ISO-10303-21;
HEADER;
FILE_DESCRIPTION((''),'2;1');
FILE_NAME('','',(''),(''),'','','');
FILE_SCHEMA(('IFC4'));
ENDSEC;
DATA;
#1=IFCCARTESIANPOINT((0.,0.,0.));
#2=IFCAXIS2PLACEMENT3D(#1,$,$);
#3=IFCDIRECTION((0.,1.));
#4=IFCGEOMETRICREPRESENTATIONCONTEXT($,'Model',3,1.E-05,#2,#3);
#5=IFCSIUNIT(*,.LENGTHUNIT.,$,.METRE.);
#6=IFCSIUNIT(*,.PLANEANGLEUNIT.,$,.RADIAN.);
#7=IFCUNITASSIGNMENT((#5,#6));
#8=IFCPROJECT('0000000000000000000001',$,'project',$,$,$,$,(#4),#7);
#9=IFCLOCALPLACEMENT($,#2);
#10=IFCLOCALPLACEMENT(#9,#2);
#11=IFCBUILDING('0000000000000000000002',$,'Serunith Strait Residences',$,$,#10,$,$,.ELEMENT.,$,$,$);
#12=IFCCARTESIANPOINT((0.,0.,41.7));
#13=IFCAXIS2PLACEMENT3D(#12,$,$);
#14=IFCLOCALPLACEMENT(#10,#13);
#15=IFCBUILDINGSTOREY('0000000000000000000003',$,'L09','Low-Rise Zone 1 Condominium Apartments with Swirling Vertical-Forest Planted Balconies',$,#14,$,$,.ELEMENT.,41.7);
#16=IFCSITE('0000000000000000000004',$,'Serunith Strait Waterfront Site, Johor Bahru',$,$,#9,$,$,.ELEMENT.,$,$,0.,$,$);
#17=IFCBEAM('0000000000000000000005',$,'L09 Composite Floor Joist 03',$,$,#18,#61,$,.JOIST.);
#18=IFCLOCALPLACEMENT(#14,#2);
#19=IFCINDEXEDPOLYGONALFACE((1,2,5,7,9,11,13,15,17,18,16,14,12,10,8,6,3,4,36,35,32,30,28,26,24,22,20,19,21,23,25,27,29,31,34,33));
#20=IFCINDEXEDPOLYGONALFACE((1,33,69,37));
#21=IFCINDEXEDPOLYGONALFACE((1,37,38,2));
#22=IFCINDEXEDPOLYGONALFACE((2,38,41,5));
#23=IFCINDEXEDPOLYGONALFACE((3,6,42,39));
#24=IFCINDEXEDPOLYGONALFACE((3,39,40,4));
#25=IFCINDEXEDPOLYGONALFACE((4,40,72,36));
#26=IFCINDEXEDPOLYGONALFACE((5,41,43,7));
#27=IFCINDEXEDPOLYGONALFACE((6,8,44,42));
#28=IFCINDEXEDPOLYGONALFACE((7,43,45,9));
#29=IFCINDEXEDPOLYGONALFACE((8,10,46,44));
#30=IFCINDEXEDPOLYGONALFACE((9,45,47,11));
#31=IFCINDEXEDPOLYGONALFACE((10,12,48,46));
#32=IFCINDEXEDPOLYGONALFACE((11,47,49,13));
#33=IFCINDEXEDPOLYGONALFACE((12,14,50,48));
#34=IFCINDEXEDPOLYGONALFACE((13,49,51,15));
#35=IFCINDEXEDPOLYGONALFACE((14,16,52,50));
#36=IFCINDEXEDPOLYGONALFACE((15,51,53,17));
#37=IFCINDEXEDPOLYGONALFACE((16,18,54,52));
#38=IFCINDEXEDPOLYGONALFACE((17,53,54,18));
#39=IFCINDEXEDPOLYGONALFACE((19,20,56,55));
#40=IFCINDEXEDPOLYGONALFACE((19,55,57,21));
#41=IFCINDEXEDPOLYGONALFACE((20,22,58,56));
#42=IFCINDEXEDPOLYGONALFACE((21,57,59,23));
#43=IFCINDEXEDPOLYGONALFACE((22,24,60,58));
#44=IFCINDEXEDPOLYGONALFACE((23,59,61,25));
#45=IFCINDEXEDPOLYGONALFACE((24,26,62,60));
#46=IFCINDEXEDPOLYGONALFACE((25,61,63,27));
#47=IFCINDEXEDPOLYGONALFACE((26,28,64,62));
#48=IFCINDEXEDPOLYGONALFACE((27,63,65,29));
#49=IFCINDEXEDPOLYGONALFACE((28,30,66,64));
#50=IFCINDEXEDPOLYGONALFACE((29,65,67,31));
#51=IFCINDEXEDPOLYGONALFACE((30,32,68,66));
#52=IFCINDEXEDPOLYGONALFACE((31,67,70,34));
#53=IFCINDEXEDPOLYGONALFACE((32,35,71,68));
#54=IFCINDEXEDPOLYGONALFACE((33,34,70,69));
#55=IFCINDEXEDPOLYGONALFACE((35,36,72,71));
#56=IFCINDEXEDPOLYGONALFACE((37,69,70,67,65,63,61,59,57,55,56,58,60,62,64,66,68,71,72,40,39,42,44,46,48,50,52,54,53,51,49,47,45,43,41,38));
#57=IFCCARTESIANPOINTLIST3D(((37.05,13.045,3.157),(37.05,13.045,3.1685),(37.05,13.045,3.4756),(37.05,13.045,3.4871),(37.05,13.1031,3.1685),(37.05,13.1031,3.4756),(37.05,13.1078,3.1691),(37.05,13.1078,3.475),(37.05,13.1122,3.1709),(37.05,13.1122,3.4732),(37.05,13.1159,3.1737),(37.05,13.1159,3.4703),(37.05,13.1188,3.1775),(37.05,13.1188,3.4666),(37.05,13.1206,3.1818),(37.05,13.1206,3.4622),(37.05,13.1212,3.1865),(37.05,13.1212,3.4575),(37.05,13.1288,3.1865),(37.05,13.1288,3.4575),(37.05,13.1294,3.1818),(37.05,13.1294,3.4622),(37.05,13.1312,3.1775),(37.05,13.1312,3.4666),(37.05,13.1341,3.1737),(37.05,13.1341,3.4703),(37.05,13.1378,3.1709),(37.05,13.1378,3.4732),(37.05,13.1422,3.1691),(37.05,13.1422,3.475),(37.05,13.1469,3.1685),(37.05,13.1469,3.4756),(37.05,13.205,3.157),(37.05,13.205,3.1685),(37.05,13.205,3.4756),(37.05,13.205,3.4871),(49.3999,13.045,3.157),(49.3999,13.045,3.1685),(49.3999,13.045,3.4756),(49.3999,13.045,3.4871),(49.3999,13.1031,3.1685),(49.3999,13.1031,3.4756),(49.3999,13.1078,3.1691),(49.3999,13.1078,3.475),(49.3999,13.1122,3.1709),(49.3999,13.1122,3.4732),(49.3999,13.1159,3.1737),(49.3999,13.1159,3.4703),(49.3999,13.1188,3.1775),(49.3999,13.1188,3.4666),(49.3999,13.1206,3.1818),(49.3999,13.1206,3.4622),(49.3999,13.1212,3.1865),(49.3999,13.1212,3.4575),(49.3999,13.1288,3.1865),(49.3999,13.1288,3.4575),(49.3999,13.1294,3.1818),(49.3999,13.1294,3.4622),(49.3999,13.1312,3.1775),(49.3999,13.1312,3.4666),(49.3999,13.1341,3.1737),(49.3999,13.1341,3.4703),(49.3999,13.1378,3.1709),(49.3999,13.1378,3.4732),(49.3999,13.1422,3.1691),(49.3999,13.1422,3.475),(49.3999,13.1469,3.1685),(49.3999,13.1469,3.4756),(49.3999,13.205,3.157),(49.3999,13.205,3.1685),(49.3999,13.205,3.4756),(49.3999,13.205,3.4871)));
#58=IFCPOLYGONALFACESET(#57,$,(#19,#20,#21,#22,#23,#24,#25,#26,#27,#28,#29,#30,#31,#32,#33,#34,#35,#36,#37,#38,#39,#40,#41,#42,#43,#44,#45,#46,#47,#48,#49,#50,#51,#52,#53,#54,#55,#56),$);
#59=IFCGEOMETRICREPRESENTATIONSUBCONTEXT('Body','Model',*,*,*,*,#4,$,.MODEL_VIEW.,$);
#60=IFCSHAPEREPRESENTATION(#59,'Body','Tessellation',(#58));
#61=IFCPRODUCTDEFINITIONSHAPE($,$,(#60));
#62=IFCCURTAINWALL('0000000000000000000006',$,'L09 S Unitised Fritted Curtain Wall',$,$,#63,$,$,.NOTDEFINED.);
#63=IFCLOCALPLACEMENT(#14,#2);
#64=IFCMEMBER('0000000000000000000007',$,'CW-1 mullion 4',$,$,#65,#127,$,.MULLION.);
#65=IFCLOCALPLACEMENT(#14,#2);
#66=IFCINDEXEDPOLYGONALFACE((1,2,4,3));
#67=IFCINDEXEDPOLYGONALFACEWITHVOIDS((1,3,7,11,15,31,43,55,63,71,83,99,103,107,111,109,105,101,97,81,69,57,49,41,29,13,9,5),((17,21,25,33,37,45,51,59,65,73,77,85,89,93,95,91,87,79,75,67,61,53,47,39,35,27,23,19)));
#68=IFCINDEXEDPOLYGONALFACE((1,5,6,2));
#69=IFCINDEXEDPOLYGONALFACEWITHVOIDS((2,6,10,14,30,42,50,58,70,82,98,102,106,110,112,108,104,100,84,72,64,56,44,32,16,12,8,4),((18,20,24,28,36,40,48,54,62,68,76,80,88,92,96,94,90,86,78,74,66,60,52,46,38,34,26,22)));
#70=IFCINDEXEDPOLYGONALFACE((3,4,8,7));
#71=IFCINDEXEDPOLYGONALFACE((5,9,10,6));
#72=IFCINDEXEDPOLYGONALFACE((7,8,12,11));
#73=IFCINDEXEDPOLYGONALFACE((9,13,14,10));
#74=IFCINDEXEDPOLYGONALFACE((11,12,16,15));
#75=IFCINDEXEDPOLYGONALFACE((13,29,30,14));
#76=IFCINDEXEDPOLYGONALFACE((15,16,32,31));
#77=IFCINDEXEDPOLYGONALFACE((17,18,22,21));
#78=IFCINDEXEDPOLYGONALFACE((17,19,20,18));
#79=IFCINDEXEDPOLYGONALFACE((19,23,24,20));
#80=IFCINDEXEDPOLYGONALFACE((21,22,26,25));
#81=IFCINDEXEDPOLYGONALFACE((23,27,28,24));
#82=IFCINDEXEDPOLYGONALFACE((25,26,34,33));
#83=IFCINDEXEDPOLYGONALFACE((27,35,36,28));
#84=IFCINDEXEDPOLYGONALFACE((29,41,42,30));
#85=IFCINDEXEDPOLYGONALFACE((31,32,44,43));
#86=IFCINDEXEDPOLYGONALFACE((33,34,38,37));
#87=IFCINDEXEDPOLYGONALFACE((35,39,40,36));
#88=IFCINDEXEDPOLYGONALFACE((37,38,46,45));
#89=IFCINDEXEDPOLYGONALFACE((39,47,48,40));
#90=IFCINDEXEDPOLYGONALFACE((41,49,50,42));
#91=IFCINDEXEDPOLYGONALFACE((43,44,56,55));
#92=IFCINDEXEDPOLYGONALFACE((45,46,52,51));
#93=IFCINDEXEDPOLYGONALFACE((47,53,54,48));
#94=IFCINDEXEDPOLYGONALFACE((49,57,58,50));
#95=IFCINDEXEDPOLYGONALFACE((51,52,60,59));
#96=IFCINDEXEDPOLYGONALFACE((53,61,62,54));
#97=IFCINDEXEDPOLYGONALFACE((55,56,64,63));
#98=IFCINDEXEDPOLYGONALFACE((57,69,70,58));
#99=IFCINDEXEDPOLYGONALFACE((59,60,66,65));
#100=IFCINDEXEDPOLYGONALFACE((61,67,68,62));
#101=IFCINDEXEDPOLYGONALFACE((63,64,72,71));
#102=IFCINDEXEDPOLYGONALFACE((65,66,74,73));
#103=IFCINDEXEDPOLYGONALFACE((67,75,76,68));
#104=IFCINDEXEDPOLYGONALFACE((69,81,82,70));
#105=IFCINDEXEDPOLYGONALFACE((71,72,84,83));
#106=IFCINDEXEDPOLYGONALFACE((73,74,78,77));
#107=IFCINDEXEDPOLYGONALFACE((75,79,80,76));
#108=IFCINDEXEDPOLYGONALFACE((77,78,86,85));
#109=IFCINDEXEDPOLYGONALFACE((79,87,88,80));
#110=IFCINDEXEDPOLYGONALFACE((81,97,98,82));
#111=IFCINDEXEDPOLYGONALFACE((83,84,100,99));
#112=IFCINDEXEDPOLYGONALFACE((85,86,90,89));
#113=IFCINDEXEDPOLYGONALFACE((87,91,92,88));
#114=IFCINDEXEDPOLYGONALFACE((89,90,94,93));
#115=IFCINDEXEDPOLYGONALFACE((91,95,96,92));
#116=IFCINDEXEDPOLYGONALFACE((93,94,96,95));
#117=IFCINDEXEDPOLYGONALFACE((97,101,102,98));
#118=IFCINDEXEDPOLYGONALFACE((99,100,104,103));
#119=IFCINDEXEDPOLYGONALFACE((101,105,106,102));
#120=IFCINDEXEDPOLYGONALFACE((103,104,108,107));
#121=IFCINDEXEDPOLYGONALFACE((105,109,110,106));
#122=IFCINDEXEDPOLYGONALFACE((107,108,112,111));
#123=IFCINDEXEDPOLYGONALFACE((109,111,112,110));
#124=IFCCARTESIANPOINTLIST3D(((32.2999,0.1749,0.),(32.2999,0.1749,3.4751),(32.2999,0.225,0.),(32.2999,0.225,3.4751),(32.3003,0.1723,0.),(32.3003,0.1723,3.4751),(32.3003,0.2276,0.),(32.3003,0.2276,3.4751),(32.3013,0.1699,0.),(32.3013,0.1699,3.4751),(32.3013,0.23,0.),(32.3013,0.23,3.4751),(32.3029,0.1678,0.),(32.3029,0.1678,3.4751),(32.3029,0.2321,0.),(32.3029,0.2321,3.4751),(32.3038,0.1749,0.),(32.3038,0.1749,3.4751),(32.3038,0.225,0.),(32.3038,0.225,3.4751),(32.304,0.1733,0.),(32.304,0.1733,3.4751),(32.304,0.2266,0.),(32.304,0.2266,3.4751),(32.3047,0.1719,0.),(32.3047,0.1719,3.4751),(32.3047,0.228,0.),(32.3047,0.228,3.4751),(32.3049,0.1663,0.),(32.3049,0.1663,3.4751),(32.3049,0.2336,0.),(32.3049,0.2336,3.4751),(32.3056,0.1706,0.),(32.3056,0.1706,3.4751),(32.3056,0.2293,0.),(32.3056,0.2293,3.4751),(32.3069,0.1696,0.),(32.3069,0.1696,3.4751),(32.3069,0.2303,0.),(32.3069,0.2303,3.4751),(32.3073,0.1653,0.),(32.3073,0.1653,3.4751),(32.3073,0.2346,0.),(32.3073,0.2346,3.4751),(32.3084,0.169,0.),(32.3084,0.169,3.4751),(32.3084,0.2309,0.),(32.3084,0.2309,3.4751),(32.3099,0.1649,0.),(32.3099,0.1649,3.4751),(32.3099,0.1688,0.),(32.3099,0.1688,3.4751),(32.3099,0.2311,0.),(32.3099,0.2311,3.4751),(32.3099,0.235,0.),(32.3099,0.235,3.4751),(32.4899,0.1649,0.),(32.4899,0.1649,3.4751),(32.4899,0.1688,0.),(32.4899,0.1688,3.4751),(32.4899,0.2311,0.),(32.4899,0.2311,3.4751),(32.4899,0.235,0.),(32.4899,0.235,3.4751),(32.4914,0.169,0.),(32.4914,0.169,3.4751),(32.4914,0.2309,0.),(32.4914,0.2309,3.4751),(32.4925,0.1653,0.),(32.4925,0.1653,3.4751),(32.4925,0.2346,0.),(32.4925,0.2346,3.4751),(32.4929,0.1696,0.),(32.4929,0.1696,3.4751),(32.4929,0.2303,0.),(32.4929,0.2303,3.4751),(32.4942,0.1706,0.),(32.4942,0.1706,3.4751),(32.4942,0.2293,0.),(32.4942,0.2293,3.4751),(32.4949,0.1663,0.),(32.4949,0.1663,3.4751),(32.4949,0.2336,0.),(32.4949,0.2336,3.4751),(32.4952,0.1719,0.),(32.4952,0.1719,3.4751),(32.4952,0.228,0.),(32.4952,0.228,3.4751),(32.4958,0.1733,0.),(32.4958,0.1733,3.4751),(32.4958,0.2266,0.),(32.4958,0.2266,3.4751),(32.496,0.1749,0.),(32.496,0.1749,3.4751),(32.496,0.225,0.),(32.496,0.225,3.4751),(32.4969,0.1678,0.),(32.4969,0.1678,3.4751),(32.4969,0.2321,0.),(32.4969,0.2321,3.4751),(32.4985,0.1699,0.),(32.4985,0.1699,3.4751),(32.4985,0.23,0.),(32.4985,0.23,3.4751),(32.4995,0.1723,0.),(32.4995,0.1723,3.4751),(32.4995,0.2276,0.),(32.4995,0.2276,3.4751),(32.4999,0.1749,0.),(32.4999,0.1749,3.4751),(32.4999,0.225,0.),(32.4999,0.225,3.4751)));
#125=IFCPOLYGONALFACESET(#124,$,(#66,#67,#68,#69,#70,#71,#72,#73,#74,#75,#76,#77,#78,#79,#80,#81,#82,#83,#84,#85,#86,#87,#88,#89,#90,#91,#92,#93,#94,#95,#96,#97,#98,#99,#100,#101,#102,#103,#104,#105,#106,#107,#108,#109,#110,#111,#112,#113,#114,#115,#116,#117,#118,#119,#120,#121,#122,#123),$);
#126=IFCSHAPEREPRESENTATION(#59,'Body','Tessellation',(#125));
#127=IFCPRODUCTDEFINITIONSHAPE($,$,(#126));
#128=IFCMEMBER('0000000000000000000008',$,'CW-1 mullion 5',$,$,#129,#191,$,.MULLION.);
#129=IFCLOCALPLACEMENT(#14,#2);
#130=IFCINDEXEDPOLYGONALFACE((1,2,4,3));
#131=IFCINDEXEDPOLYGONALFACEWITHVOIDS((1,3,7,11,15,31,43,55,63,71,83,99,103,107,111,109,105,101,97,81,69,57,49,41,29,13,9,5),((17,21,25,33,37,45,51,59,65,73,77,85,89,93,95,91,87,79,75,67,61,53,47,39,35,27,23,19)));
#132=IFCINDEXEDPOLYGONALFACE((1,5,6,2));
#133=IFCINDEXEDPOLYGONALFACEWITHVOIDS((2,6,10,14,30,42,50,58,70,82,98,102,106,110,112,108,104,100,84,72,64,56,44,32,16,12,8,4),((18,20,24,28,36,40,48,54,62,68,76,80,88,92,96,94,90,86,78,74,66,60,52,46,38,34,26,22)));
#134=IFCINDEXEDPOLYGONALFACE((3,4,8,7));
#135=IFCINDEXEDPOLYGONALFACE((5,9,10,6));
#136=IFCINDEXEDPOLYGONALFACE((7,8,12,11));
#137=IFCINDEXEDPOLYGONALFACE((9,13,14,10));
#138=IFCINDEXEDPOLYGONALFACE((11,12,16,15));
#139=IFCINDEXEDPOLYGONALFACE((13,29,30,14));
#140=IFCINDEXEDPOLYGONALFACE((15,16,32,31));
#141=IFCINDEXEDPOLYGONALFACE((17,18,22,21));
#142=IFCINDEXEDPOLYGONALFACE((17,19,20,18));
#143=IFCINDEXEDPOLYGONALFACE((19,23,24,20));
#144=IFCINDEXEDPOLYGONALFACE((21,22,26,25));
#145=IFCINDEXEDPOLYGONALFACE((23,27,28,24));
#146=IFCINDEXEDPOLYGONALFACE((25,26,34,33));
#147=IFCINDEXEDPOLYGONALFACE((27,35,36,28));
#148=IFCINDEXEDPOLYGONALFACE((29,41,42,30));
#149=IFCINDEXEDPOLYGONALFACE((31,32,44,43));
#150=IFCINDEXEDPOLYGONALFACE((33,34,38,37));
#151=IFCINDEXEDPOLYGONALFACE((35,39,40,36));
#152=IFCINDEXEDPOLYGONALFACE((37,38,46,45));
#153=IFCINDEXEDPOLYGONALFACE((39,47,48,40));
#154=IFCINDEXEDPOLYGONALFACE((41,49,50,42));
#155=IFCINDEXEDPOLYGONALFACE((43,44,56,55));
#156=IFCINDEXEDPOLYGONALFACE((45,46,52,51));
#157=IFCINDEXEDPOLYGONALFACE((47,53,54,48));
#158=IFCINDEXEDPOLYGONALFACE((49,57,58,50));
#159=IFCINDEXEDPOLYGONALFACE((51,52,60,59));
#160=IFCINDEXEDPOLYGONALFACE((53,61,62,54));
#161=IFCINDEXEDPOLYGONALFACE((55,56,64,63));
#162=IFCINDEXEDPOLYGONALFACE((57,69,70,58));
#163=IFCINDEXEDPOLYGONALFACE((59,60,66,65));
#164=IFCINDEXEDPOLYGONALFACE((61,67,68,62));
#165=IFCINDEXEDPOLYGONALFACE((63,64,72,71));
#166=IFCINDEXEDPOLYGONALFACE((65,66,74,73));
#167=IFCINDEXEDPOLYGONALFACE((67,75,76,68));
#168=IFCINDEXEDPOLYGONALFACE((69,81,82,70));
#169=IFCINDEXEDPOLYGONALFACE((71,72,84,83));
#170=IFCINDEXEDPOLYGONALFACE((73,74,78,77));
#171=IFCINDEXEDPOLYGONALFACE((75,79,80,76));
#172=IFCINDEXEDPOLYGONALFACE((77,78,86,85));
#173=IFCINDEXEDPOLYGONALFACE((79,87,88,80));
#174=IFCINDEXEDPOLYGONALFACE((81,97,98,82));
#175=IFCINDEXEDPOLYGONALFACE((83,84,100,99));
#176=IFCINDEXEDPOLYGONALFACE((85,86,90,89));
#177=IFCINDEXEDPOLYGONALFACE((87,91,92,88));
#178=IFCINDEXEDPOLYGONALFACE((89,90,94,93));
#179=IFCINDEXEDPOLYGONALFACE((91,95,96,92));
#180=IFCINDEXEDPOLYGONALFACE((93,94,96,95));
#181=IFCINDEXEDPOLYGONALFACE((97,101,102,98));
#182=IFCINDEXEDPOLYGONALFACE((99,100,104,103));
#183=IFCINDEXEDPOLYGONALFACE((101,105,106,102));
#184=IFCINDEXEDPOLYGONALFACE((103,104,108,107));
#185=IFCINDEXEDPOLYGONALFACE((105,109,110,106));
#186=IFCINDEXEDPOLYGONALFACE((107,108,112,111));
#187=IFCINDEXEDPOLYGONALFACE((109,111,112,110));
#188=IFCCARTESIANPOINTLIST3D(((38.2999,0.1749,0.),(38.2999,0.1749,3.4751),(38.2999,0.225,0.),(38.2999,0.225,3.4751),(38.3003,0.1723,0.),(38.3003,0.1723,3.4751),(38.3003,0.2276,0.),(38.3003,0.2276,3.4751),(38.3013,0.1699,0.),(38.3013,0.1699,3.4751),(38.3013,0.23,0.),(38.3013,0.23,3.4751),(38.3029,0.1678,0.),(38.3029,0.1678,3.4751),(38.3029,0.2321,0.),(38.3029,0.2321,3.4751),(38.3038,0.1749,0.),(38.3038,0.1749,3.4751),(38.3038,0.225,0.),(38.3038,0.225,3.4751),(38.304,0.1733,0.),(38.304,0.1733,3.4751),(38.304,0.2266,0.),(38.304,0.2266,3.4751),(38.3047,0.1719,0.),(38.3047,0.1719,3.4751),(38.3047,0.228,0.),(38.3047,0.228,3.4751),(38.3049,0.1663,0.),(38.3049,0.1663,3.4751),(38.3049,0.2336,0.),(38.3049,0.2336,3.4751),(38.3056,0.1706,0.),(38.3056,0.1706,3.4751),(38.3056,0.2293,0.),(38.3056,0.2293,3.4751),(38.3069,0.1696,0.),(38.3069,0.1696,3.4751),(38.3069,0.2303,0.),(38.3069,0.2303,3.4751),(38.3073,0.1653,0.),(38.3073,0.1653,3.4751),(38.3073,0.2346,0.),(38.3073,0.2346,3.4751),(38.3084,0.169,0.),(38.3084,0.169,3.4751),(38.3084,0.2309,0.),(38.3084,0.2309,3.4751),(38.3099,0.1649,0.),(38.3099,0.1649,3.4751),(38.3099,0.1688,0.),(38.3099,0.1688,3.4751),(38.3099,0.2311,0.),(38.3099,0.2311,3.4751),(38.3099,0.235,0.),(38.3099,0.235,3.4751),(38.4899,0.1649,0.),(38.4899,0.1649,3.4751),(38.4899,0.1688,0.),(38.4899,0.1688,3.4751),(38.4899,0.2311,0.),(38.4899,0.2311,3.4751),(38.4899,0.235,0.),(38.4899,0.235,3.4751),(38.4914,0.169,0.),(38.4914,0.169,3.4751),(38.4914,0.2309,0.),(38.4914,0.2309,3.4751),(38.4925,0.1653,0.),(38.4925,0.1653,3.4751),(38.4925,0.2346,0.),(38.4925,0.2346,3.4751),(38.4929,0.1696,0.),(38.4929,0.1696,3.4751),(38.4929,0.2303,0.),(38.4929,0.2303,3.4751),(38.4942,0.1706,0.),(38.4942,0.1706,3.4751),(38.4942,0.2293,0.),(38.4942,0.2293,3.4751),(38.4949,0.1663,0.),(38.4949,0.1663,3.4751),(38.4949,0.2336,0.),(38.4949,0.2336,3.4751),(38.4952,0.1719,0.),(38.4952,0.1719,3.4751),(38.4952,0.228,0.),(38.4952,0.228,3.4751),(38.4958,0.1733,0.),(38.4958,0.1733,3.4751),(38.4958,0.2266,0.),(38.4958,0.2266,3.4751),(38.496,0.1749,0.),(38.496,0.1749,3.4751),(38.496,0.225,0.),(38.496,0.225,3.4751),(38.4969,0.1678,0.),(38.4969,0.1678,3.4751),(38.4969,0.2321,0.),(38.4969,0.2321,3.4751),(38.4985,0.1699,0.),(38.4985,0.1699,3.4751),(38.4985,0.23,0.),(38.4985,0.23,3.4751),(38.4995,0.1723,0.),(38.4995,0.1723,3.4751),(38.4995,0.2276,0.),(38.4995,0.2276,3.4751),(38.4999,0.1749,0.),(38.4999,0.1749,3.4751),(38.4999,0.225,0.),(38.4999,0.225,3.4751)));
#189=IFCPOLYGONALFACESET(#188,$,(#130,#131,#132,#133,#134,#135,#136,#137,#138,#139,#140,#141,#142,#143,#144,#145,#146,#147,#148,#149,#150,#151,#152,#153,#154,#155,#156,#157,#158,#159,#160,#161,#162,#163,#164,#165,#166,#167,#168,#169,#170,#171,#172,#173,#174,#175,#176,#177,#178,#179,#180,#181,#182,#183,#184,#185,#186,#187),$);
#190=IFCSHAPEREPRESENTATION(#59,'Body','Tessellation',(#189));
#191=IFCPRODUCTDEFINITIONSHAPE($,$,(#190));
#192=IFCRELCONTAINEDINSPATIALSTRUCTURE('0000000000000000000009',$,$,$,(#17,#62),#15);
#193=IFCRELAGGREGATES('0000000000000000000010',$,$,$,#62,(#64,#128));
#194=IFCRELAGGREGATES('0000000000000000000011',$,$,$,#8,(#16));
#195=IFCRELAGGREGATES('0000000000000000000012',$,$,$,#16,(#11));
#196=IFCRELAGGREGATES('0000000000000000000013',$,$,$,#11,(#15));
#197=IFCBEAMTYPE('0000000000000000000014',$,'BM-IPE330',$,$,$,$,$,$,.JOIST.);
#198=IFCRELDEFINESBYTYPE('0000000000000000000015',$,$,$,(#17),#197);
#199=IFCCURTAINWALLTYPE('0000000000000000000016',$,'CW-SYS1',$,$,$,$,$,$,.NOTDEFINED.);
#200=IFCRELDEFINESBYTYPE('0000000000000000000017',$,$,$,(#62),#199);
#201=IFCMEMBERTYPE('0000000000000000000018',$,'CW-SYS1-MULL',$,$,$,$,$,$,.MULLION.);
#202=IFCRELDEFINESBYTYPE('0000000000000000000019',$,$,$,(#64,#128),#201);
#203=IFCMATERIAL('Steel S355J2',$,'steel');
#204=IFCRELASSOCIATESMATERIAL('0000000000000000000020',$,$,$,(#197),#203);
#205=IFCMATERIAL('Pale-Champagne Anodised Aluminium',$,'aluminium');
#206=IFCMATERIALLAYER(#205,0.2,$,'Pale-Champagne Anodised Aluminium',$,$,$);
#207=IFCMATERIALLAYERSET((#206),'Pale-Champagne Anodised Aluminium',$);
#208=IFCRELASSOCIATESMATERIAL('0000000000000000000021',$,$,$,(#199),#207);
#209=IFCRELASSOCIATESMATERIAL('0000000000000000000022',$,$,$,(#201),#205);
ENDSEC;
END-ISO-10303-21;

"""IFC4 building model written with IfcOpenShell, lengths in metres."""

from ifc_helpers import new_model, si_unit, direction, frame, origin, origin_2d, place, context, subcontext, project, spatial, hollow_rectangle, i_section, extrude, source, transform, mapped, material, layer, layer_set, material_profile, profile_set, type_object, element, aggregate, save


model = new_model("IFC4")

# Units and contexts
model_context = context("Model", 3, precision=1e-05, world=origin(), true_north=direction((0.0, 1.0)))
body_context = subcontext(model_context, "Body", "Model", "MODEL_VIEW")
ifc_project = project(units=[si_unit("LENGTHUNIT", "METRE"), si_unit("PLANEANGLEUNIT", "RADIAN")], contexts=[model_context])

# Site, building, storey
site_placement = place(None, origin())
site = spatial("IfcSite", under=ifc_project, at=site_placement, Name="Serunith Strait Waterfront Site, Johor Bahru", CompositionType="ELEMENT", RefElevation=0.0)
building_placement = place(site_placement, origin())
building = spatial("IfcBuilding", under=site, at=building_placement, Name="Serunith Strait Residences", CompositionType="ELEMENT")
storey_placement = place(building_placement, frame((0.0, 0.0, 41.7)))
storey = spatial("IfcBuildingStorey", under=building, at=storey_placement, Name="L09", Description="Low-Rise Zone 1 Condominium Apartments with Swirling Vertical-Forest Planted Balconies", CompositionType="ELEMENT", Elevation=41.7)

# Beam
ifc_material_1 = material(Name="Steel S355J2", Category="steel")
ifc_material_profile_1 = material_profile(ifc_material_1, i_section(OverallWidth=0.1599, OverallDepth=0.3301, WebThickness=0.0076, FlangeThickness=0.0115, FilletRadius=0.0181, at=origin_2d()), Name="IPE 330")
ifc_profile_set_1 = profile_set([ifc_material_profile_1], Name="Steel S355J2")
beam_type_1 = type_object("IfcBeamType", Name="BM-IPE330", PredefinedType="JOIST", material=ifc_profile_set_1)
shared_shape_1 = source(origin(), body_context, "Body", "SweptSolid", [
    extrude(i_section(OverallWidth=0.1599, OverallDepth=0.3301, WebThickness=0.0076, FlangeThickness=0.0115, FilletRadius=0.0181, at=origin_2d()), origin(), (0.0, 0.0, 1.0), 12.3499),
])
beam_1_placement = place(storey_placement, frame((37.05, 13.125, 3.322), z_axis=(1.0, 0.0, 0.0), x_axis=(0.0, 1.0, 0.0)))
element("IfcBeam", 1, at=beam_1_placement, inside=storey, type_object=beam_type_1, Name="L09 Composite Floor Joist 03", PredefinedType="JOIST", context=body_context, shape_type="MappedRepresentation", body=[
    mapped(shared_shape_1, transform((0.0, 0.0, 0.0), scale=1.0)),
])

# Curtain wall, members
ifc_material_2 = material(Name="Pale-Champagne Anodised Aluminium", Category="aluminium")
ifc_layer_1 = layer(ifc_material_2, 0.2, Name="Pale-Champagne Anodised Aluminium")
ifc_layer_set_1 = layer_set([ifc_layer_1], Name="Pale-Champagne Anodised Aluminium")
curtain_wall_type = type_object("IfcCurtainWallType", Name="CW-SYS1", PredefinedType="NOTDEFINED", material=ifc_layer_set_1)
curtain_wall_placement = place(storey_placement, origin())
curtain_wall = element("IfcCurtainWall", 2, at=curtain_wall_placement, inside=storey, type_object=curtain_wall_type, Name="L09 S Unitised Fritted Curtain Wall", PredefinedType="NOTDEFINED")
ifc_material_profile_2 = material_profile(ifc_material_2, hollow_rectangle(XDim=0.0701, YDim=0.2, WallThickness=0.0039, InnerFilletRadius=0.0061, OuterFilletRadius=0.01, at=origin_2d()), Name="ALU 200x70x4")
ifc_profile_set_2 = profile_set([ifc_material_profile_2], Name="Pale-Champagne Anodised Aluminium")
member_type_1 = type_object("IfcMemberType", Name="CW-SYS1-MULL", PredefinedType="MULLION", material=ifc_profile_set_2)
shared_shape_2 = source(origin(), body_context, "Body", "SweptSolid", [
    extrude(hollow_rectangle(XDim=0.0701, YDim=0.2, WallThickness=0.0039, InnerFilletRadius=0.0061, OuterFilletRadius=0.01, at=origin_2d()), origin(), (0.0, 0.0, 1.0), 3.4751),
])
member_1_placement = place(storey_placement, frame((32.3999, 0.2, 0.0), z_axis=(0.0, 0.0, 1.0), x_axis=(0.0, 1.0, 0.0)))
member_1 = element("IfcMember", 3, at=member_1_placement, type_object=member_type_1, Name="CW-1 mullion 4", PredefinedType="MULLION", context=body_context, shape_type="MappedRepresentation", body=[
    mapped(shared_shape_2, transform((0.0, 0.0, 0.0), scale=1.0)),
])
member_2_placement = place(storey_placement, frame((38.3999, 0.2, 0.0), z_axis=(0.0, 0.0, 1.0), x_axis=(0.0, 1.0, 0.0)))
member_2 = element("IfcMember", 4, at=member_2_placement, type_object=member_type_1, Name="CW-1 mullion 5", PredefinedType="MULLION", context=body_context, shape_type="MappedRepresentation", body=[
    mapped(shared_shape_2, transform((0.0, 0.0, 0.0), scale=1.0)),
])
aggregate(curtain_wall, [member_1, member_2])

save(model, "model.ifc")
